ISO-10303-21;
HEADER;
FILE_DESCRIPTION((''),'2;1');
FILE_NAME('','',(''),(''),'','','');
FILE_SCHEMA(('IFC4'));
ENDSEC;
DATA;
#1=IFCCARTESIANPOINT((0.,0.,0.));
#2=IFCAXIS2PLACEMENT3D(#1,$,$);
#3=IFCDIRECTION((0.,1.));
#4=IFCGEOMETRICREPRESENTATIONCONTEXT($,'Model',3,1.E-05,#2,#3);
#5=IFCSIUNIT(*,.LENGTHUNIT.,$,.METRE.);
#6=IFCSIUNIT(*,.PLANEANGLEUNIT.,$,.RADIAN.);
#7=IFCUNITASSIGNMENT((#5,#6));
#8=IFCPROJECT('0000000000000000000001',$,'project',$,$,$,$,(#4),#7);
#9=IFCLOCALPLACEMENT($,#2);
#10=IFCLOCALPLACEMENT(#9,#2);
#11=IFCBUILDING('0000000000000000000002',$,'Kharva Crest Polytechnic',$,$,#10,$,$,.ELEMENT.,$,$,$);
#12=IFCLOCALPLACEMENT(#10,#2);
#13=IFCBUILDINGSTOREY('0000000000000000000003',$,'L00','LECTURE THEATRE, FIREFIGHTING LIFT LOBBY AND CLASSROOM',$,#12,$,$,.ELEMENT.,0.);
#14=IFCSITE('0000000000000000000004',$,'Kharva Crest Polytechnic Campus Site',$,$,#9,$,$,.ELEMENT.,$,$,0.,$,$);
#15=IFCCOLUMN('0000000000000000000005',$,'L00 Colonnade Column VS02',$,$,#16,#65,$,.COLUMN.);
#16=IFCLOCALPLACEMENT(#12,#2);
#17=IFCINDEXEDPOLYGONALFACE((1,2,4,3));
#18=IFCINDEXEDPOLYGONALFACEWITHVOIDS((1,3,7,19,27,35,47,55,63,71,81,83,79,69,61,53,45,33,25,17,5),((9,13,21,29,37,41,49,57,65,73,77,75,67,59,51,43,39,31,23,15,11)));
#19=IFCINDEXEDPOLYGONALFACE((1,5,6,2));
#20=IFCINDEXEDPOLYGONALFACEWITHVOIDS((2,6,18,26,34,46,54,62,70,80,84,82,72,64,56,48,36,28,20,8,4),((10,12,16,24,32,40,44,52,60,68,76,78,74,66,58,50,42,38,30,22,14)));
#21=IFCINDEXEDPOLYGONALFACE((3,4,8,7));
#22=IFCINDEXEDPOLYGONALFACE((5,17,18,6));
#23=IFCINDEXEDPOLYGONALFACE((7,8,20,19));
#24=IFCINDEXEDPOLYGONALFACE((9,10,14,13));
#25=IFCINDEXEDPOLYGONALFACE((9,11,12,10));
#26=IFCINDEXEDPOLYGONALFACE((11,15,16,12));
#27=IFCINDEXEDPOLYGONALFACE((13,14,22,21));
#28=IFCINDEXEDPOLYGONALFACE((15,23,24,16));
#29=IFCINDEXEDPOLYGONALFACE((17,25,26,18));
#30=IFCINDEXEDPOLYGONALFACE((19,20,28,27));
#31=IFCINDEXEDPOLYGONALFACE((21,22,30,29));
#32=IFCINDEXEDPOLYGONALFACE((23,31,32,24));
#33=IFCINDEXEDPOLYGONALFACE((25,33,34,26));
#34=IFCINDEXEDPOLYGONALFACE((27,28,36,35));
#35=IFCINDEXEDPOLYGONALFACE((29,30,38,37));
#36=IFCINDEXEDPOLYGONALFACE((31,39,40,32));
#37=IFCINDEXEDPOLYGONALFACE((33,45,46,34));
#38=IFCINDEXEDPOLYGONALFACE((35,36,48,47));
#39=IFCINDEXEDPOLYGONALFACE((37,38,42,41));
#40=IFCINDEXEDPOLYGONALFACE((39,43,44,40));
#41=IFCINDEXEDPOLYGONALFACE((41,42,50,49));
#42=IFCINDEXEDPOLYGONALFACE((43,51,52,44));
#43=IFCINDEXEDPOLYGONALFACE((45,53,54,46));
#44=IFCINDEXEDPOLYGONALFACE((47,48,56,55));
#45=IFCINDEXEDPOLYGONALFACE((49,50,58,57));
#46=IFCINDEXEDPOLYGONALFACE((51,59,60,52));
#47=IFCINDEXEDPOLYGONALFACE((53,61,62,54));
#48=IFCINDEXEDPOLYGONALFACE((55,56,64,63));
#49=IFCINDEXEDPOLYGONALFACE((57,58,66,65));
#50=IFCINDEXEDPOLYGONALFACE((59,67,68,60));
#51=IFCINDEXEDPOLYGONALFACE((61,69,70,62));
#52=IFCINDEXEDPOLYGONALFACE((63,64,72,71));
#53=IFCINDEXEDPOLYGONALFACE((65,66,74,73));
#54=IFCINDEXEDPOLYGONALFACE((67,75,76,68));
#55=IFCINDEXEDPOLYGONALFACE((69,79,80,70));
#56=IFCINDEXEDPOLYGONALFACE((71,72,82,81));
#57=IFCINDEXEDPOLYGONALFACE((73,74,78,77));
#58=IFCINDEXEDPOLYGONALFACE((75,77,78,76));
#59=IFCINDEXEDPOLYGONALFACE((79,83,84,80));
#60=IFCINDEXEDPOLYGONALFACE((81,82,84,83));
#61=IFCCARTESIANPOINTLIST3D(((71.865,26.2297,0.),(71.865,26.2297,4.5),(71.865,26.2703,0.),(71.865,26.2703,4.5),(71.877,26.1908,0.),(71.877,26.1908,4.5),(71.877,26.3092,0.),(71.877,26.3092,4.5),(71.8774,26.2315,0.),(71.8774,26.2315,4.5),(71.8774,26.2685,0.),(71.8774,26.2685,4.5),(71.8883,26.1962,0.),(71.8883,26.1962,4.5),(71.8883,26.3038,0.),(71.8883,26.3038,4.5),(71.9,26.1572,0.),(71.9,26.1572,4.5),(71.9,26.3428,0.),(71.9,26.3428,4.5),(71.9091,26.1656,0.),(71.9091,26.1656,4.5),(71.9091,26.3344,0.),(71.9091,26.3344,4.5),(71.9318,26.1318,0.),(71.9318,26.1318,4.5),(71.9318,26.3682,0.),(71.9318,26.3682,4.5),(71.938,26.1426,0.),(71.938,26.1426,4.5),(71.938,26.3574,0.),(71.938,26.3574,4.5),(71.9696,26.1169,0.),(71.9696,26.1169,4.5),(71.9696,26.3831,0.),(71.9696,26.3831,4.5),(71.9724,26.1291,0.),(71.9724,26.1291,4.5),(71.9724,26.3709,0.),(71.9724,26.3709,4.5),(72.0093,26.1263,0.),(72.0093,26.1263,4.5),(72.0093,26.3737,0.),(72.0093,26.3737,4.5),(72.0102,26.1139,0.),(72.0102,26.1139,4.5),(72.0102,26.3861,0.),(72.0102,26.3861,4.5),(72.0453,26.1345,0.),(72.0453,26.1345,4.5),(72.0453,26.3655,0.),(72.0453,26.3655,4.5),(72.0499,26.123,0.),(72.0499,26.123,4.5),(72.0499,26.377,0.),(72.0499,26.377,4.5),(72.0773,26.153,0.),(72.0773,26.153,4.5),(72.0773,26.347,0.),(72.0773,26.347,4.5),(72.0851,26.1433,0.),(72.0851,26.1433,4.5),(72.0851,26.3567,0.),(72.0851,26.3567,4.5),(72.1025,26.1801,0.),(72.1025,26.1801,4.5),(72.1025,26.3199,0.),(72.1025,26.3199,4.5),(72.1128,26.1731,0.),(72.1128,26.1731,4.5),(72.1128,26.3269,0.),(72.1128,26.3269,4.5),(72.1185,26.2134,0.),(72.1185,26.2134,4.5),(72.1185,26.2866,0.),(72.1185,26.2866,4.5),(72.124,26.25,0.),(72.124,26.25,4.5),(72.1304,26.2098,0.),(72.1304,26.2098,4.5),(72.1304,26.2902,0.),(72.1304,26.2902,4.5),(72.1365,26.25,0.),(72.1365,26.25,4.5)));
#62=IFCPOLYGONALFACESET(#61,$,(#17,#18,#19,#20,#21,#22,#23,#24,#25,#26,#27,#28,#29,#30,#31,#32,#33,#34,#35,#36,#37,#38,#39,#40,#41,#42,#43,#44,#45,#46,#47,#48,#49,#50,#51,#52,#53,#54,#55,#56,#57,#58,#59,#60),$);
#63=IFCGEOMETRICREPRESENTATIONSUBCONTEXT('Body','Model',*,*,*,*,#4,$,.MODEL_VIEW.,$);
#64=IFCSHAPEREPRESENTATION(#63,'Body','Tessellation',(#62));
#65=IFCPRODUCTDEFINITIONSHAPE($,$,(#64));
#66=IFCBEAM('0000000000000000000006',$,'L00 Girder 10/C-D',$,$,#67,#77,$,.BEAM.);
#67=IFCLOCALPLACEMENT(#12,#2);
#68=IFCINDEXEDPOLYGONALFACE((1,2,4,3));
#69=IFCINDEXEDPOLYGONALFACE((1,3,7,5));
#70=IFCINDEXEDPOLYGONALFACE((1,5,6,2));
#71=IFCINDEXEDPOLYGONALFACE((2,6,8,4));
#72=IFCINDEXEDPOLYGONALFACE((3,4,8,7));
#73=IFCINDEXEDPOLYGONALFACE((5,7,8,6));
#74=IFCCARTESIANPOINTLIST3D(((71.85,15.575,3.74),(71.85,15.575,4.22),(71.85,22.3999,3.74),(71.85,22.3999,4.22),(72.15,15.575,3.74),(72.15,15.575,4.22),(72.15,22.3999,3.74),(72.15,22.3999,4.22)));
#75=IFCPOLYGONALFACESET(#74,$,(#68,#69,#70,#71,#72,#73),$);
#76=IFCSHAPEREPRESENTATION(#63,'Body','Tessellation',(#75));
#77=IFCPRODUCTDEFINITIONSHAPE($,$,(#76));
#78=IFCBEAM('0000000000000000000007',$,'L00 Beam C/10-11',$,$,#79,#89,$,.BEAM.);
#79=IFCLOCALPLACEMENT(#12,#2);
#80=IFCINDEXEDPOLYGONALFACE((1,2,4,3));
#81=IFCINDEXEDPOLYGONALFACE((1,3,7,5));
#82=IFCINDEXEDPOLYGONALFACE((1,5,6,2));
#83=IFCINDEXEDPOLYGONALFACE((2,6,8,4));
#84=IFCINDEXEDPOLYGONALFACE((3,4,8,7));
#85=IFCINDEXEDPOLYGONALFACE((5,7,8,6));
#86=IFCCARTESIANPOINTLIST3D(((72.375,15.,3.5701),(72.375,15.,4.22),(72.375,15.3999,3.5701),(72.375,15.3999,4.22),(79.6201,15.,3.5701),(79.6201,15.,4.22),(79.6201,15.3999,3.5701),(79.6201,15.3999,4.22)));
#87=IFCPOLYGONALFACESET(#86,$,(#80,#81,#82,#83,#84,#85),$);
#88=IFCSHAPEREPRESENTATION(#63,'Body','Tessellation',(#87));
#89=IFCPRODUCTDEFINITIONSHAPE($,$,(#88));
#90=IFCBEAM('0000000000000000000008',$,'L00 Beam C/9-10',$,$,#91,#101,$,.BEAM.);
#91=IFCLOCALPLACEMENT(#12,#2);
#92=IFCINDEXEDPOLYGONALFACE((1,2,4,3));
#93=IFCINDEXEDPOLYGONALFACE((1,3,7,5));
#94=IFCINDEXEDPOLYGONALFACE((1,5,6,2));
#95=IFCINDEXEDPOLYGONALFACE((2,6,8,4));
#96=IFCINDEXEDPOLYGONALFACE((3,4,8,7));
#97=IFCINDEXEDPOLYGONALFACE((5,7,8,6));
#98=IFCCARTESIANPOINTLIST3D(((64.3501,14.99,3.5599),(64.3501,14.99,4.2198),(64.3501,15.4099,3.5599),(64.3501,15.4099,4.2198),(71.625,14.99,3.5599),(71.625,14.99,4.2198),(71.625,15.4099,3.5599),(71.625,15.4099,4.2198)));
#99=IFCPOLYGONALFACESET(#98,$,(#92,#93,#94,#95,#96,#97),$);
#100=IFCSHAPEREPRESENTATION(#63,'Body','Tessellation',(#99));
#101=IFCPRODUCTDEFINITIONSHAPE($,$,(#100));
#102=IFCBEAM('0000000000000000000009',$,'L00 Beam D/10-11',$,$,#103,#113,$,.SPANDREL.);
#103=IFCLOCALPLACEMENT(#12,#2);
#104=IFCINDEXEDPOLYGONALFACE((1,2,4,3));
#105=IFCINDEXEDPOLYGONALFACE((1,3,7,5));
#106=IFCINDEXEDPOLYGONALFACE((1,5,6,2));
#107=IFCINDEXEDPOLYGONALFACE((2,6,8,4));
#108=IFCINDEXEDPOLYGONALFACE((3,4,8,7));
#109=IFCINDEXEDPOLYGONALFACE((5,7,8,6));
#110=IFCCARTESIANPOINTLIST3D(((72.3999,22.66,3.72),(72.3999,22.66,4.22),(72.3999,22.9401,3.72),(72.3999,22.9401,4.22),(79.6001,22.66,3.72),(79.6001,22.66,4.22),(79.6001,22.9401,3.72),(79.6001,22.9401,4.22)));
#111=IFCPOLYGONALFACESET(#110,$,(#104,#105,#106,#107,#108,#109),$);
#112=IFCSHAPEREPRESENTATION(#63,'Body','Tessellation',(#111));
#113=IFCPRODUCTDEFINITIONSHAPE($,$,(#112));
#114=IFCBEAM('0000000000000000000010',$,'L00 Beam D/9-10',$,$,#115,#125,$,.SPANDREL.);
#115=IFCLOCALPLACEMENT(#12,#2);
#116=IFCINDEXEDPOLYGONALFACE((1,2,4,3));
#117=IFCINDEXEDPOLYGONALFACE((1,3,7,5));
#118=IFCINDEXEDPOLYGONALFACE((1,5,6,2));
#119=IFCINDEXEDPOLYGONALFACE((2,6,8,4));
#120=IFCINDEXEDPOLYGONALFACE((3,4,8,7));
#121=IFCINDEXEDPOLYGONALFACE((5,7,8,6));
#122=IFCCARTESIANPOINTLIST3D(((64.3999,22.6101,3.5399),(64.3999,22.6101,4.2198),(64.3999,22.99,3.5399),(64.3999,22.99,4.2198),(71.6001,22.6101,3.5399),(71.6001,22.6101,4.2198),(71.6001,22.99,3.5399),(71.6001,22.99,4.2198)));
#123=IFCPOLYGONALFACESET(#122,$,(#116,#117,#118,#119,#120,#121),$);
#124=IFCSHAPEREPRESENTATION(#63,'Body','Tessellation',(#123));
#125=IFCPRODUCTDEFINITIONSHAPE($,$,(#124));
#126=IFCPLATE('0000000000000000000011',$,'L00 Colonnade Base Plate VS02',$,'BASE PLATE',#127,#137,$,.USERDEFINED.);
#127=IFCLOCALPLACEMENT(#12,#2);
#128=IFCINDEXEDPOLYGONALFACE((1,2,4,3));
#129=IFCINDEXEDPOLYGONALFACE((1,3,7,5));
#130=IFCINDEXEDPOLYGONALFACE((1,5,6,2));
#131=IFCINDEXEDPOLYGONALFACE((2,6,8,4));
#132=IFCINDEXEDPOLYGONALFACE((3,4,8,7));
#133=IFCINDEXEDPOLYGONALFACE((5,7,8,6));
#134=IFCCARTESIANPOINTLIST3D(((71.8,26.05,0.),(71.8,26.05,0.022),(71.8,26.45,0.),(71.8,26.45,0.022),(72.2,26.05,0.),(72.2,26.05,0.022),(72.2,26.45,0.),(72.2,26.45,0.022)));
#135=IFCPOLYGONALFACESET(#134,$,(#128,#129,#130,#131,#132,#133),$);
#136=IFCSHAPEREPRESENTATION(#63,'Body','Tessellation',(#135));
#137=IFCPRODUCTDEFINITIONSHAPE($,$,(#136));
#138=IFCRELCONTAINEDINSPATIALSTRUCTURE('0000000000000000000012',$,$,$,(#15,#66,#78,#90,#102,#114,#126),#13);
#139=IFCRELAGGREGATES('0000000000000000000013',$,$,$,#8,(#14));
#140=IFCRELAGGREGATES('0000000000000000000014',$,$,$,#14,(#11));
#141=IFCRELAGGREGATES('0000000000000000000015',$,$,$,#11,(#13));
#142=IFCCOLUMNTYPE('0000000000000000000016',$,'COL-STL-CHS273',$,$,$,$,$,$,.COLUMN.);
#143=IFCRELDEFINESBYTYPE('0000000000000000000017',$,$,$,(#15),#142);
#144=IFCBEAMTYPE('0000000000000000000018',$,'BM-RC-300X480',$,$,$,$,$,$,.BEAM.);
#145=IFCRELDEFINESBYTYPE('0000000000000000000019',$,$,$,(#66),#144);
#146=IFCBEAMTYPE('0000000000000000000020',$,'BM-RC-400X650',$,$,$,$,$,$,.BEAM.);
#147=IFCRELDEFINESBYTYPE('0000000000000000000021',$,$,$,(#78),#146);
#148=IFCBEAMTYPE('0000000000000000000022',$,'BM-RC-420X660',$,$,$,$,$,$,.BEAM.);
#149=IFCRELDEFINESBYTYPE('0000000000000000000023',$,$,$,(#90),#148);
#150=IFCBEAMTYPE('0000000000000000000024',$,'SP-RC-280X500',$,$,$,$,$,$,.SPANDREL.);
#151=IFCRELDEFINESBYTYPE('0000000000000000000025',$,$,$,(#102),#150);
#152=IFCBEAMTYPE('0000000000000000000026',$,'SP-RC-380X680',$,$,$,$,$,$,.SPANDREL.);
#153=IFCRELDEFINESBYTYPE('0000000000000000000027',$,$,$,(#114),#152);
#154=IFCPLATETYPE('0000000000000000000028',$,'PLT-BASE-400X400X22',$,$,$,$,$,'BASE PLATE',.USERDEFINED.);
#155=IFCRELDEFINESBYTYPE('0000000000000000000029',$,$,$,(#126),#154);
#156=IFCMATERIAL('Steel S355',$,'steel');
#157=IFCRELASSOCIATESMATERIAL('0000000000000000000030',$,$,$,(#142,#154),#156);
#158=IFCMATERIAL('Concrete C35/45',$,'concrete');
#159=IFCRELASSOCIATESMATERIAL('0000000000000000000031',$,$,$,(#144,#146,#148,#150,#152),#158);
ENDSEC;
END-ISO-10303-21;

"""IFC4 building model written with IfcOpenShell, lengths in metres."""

from ifc_helpers import new_model, si_unit, direction, frame, origin, origin_2d, place, context, subcontext, project, spatial, rectangle, hollow_circle, extrude, material, material_profile, profile_set, type_object, element, save


model = new_model("IFC4")

# Units and contexts
model_context = context("Model", 3, precision=1e-05, world=origin(), true_north=direction((0.0, 1.0)))
body_context = subcontext(model_context, "Body", "Model", "MODEL_VIEW")
ifc_project = project(units=[si_unit("LENGTHUNIT", "METRE"), si_unit("PLANEANGLEUNIT", "RADIAN")], contexts=[model_context])

# Site, building, storey
site_placement = place(None, origin())
site = spatial("IfcSite", under=ifc_project, at=site_placement, Name="Kharva Crest Polytechnic Campus Site", CompositionType="ELEMENT", RefElevation=0.0)
building_placement = place(site_placement, origin())
building = spatial("IfcBuilding", under=site, at=building_placement, Name="Kharva Crest Polytechnic", CompositionType="ELEMENT")
storey_placement = place(building_placement, origin())
storey = spatial("IfcBuildingStorey", under=building, at=storey_placement, Name="L00", Description="LECTURE THEATRE, FIREFIGHTING LIFT LOBBY AND CLASSROOM", CompositionType="ELEMENT", Elevation=0.0)

# Shared definitions
ifc_material_1 = material(Name="Concrete C35/45", Category="concrete")

# Column
ifc_material_2 = material(Name="Steel S355", Category="steel")
ifc_material_profile_1 = material_profile(ifc_material_2, hollow_circle(Radius=0.1365, WallThickness=0.0125, at=origin_2d()), Name="CHS 273.0X12.5")
ifc_profile_set_1 = profile_set([ifc_material_profile_1], Name="Steel S355")
column_type_1 = type_object("IfcColumnType", Name="COL-STL-CHS273", PredefinedType="COLUMN", material=ifc_profile_set_1)
for number, where, z_axis, x_axis, name in (
    (1, (72.0, 26.25, 0.0), (0.0, 0.0, 1.0), (1.0, 0.0, 0.0), "L00 Colonnade Column VS02"),
):
    element("IfcColumn", number, at=place(storey_placement, frame(where, z_axis=z_axis, x_axis=x_axis)), inside=storey, type_object=column_type_1, Name=name, PredefinedType="COLUMN", context=body_context, shape_type="SweptSolid", body=[
        extrude(hollow_circle(Radius=0.1365, WallThickness=0.0125, at=origin_2d()), origin(), (0.0, 0.0, 1.0), 4.5),
    ])

# Beams
ifc_material_profile_2 = material_profile(ifc_material_1, rectangle(XDim=0.3, YDim=0.48, at=origin_2d()), Name="RECT 300 X 480")
ifc_profile_set_2 = profile_set([ifc_material_profile_2], Name="Concrete C35/45")
beam_type_1 = type_object("IfcBeamType", Name="BM-RC-300X480", PredefinedType="BEAM", material=ifc_profile_set_2)
beam_1_placement = place(storey_placement, frame((72.0, 15.575, 3.98), z_axis=(0.0, 1.0, 0.0), x_axis=(-1.0, 0.0, 0.0)))
element("IfcBeam", 2, at=beam_1_placement, inside=storey, type_object=beam_type_1, Name="L00 Girder 10/C-D", PredefinedType="BEAM", context=body_context, shape_type="SweptSolid", body=[
    extrude(rectangle(XDim=0.3, YDim=0.48, at=origin_2d()), origin(), (0.0, 0.0, 1.0), 6.825),
])
ifc_material_profile_3 = material_profile(ifc_material_1, rectangle(XDim=0.3999, YDim=0.6499, at=origin_2d()), Name="RECT 400 X 650")
ifc_profile_set_3 = profile_set([ifc_material_profile_3], Name="Concrete C35/45")
beam_type_2 = type_object("IfcBeamType", Name="BM-RC-400X650", PredefinedType="BEAM", material=ifc_profile_set_3)
beam_2_placement = place(storey_placement, frame((72.375, 15.2, 3.895), z_axis=(1.0, 0.0, 0.0), x_axis=(0.0, 1.0, 0.0)))
element("IfcBeam", 3, at=beam_2_placement, inside=storey, type_object=beam_type_2, Name="L00 Beam C/10-11", PredefinedType="BEAM", context=body_context, shape_type="SweptSolid", body=[
    extrude(rectangle(XDim=0.3999, YDim=0.6499, at=origin_2d()), origin(), (0.0, 0.0, 1.0), 7.2451),
])
ifc_material_profile_4 = material_profile(ifc_material_1, rectangle(XDim=0.4199, YDim=0.6599, at=origin_2d()), Name="RECT 420 X 660")
ifc_profile_set_4 = profile_set([ifc_material_profile_4], Name="Concrete C35/45")
beam_type_3 = type_object("IfcBeamType", Name="BM-RC-420X660", PredefinedType="BEAM", material=ifc_profile_set_4)
beam_3_placement = place(storey_placement, frame((64.3501, 15.2, 3.8899), z_axis=(1.0, 0.0, 0.0), x_axis=(0.0, 1.0, 0.0)))
element("IfcBeam", 4, at=beam_3_placement, inside=storey, type_object=beam_type_3, Name="L00 Beam C/9-10", PredefinedType="BEAM", context=body_context, shape_type="SweptSolid", body=[
    extrude(rectangle(XDim=0.4199, YDim=0.6599, at=origin_2d()), origin(), (0.0, 0.0, 1.0), 7.2749),
])
ifc_material_profile_5 = material_profile(ifc_material_1, rectangle(XDim=0.28, YDim=0.5, at=origin_2d()), Name="RECT 280 X 500")
ifc_profile_set_5 = profile_set([ifc_material_profile_5], Name="Concrete C35/45")
beam_type_4 = type_object("IfcBeamType", Name="SP-RC-280X500", PredefinedType="SPANDREL", material=ifc_profile_set_5)
beam_4_placement = place(storey_placement, frame((72.3999, 22.8, 3.97), z_axis=(1.0, 0.0, 0.0), x_axis=(0.0, 1.0, 0.0)))
element("IfcBeam", 5, at=beam_4_placement, inside=storey, type_object=beam_type_4, Name="L00 Beam D/10-11", PredefinedType="SPANDREL", context=body_context, shape_type="SweptSolid", body=[
    extrude(rectangle(XDim=0.28, YDim=0.5, at=origin_2d()), origin(), (0.0, 0.0, 1.0), 7.2002),
])
ifc_material_profile_6 = material_profile(ifc_material_1, rectangle(XDim=0.3799, YDim=0.6799, at=origin_2d()), Name="RECT 380 X 680")
ifc_profile_set_6 = profile_set([ifc_material_profile_6], Name="Concrete C35/45")
beam_type_5 = type_object("IfcBeamType", Name="SP-RC-380X680", PredefinedType="SPANDREL", material=ifc_profile_set_6)
beam_5_placement = place(storey_placement, frame((64.3999, 22.8, 3.8799), z_axis=(1.0, 0.0, 0.0), x_axis=(0.0, 1.0, 0.0)))
element("IfcBeam", 6, at=beam_5_placement, inside=storey, type_object=beam_type_5, Name="L00 Beam D/9-10", PredefinedType="SPANDREL", context=body_context, shape_type="SweptSolid", body=[
    extrude(rectangle(XDim=0.3799, YDim=0.6799, at=origin_2d()), origin(), (0.0, 0.0, 1.0), 7.2002),
])

# Plate
plate_type = type_object("IfcPlateType", Name="PLT-BASE-400X400X22", ElementType="BASE PLATE", PredefinedType="USERDEFINED", material=ifc_material_2)
plate_placement = place(storey_placement, frame((72.0, 26.25, 0.0), z_axis=(0.0, 0.0, 1.0), x_axis=(1.0, 0.0, 0.0)))
element("IfcPlate", 7, at=plate_placement, inside=storey, type_object=plate_type, Name="L00 Colonnade Base Plate VS02", ObjectType="BASE PLATE", PredefinedType="USERDEFINED", context=body_context, shape_type="SweptSolid", body=[
    extrude(rectangle(XDim=0.3999, YDim=0.3999, at=origin_2d()), origin(), (0.0, 0.0, 1.0), 0.022),
])

save(model, "model.ifc")
